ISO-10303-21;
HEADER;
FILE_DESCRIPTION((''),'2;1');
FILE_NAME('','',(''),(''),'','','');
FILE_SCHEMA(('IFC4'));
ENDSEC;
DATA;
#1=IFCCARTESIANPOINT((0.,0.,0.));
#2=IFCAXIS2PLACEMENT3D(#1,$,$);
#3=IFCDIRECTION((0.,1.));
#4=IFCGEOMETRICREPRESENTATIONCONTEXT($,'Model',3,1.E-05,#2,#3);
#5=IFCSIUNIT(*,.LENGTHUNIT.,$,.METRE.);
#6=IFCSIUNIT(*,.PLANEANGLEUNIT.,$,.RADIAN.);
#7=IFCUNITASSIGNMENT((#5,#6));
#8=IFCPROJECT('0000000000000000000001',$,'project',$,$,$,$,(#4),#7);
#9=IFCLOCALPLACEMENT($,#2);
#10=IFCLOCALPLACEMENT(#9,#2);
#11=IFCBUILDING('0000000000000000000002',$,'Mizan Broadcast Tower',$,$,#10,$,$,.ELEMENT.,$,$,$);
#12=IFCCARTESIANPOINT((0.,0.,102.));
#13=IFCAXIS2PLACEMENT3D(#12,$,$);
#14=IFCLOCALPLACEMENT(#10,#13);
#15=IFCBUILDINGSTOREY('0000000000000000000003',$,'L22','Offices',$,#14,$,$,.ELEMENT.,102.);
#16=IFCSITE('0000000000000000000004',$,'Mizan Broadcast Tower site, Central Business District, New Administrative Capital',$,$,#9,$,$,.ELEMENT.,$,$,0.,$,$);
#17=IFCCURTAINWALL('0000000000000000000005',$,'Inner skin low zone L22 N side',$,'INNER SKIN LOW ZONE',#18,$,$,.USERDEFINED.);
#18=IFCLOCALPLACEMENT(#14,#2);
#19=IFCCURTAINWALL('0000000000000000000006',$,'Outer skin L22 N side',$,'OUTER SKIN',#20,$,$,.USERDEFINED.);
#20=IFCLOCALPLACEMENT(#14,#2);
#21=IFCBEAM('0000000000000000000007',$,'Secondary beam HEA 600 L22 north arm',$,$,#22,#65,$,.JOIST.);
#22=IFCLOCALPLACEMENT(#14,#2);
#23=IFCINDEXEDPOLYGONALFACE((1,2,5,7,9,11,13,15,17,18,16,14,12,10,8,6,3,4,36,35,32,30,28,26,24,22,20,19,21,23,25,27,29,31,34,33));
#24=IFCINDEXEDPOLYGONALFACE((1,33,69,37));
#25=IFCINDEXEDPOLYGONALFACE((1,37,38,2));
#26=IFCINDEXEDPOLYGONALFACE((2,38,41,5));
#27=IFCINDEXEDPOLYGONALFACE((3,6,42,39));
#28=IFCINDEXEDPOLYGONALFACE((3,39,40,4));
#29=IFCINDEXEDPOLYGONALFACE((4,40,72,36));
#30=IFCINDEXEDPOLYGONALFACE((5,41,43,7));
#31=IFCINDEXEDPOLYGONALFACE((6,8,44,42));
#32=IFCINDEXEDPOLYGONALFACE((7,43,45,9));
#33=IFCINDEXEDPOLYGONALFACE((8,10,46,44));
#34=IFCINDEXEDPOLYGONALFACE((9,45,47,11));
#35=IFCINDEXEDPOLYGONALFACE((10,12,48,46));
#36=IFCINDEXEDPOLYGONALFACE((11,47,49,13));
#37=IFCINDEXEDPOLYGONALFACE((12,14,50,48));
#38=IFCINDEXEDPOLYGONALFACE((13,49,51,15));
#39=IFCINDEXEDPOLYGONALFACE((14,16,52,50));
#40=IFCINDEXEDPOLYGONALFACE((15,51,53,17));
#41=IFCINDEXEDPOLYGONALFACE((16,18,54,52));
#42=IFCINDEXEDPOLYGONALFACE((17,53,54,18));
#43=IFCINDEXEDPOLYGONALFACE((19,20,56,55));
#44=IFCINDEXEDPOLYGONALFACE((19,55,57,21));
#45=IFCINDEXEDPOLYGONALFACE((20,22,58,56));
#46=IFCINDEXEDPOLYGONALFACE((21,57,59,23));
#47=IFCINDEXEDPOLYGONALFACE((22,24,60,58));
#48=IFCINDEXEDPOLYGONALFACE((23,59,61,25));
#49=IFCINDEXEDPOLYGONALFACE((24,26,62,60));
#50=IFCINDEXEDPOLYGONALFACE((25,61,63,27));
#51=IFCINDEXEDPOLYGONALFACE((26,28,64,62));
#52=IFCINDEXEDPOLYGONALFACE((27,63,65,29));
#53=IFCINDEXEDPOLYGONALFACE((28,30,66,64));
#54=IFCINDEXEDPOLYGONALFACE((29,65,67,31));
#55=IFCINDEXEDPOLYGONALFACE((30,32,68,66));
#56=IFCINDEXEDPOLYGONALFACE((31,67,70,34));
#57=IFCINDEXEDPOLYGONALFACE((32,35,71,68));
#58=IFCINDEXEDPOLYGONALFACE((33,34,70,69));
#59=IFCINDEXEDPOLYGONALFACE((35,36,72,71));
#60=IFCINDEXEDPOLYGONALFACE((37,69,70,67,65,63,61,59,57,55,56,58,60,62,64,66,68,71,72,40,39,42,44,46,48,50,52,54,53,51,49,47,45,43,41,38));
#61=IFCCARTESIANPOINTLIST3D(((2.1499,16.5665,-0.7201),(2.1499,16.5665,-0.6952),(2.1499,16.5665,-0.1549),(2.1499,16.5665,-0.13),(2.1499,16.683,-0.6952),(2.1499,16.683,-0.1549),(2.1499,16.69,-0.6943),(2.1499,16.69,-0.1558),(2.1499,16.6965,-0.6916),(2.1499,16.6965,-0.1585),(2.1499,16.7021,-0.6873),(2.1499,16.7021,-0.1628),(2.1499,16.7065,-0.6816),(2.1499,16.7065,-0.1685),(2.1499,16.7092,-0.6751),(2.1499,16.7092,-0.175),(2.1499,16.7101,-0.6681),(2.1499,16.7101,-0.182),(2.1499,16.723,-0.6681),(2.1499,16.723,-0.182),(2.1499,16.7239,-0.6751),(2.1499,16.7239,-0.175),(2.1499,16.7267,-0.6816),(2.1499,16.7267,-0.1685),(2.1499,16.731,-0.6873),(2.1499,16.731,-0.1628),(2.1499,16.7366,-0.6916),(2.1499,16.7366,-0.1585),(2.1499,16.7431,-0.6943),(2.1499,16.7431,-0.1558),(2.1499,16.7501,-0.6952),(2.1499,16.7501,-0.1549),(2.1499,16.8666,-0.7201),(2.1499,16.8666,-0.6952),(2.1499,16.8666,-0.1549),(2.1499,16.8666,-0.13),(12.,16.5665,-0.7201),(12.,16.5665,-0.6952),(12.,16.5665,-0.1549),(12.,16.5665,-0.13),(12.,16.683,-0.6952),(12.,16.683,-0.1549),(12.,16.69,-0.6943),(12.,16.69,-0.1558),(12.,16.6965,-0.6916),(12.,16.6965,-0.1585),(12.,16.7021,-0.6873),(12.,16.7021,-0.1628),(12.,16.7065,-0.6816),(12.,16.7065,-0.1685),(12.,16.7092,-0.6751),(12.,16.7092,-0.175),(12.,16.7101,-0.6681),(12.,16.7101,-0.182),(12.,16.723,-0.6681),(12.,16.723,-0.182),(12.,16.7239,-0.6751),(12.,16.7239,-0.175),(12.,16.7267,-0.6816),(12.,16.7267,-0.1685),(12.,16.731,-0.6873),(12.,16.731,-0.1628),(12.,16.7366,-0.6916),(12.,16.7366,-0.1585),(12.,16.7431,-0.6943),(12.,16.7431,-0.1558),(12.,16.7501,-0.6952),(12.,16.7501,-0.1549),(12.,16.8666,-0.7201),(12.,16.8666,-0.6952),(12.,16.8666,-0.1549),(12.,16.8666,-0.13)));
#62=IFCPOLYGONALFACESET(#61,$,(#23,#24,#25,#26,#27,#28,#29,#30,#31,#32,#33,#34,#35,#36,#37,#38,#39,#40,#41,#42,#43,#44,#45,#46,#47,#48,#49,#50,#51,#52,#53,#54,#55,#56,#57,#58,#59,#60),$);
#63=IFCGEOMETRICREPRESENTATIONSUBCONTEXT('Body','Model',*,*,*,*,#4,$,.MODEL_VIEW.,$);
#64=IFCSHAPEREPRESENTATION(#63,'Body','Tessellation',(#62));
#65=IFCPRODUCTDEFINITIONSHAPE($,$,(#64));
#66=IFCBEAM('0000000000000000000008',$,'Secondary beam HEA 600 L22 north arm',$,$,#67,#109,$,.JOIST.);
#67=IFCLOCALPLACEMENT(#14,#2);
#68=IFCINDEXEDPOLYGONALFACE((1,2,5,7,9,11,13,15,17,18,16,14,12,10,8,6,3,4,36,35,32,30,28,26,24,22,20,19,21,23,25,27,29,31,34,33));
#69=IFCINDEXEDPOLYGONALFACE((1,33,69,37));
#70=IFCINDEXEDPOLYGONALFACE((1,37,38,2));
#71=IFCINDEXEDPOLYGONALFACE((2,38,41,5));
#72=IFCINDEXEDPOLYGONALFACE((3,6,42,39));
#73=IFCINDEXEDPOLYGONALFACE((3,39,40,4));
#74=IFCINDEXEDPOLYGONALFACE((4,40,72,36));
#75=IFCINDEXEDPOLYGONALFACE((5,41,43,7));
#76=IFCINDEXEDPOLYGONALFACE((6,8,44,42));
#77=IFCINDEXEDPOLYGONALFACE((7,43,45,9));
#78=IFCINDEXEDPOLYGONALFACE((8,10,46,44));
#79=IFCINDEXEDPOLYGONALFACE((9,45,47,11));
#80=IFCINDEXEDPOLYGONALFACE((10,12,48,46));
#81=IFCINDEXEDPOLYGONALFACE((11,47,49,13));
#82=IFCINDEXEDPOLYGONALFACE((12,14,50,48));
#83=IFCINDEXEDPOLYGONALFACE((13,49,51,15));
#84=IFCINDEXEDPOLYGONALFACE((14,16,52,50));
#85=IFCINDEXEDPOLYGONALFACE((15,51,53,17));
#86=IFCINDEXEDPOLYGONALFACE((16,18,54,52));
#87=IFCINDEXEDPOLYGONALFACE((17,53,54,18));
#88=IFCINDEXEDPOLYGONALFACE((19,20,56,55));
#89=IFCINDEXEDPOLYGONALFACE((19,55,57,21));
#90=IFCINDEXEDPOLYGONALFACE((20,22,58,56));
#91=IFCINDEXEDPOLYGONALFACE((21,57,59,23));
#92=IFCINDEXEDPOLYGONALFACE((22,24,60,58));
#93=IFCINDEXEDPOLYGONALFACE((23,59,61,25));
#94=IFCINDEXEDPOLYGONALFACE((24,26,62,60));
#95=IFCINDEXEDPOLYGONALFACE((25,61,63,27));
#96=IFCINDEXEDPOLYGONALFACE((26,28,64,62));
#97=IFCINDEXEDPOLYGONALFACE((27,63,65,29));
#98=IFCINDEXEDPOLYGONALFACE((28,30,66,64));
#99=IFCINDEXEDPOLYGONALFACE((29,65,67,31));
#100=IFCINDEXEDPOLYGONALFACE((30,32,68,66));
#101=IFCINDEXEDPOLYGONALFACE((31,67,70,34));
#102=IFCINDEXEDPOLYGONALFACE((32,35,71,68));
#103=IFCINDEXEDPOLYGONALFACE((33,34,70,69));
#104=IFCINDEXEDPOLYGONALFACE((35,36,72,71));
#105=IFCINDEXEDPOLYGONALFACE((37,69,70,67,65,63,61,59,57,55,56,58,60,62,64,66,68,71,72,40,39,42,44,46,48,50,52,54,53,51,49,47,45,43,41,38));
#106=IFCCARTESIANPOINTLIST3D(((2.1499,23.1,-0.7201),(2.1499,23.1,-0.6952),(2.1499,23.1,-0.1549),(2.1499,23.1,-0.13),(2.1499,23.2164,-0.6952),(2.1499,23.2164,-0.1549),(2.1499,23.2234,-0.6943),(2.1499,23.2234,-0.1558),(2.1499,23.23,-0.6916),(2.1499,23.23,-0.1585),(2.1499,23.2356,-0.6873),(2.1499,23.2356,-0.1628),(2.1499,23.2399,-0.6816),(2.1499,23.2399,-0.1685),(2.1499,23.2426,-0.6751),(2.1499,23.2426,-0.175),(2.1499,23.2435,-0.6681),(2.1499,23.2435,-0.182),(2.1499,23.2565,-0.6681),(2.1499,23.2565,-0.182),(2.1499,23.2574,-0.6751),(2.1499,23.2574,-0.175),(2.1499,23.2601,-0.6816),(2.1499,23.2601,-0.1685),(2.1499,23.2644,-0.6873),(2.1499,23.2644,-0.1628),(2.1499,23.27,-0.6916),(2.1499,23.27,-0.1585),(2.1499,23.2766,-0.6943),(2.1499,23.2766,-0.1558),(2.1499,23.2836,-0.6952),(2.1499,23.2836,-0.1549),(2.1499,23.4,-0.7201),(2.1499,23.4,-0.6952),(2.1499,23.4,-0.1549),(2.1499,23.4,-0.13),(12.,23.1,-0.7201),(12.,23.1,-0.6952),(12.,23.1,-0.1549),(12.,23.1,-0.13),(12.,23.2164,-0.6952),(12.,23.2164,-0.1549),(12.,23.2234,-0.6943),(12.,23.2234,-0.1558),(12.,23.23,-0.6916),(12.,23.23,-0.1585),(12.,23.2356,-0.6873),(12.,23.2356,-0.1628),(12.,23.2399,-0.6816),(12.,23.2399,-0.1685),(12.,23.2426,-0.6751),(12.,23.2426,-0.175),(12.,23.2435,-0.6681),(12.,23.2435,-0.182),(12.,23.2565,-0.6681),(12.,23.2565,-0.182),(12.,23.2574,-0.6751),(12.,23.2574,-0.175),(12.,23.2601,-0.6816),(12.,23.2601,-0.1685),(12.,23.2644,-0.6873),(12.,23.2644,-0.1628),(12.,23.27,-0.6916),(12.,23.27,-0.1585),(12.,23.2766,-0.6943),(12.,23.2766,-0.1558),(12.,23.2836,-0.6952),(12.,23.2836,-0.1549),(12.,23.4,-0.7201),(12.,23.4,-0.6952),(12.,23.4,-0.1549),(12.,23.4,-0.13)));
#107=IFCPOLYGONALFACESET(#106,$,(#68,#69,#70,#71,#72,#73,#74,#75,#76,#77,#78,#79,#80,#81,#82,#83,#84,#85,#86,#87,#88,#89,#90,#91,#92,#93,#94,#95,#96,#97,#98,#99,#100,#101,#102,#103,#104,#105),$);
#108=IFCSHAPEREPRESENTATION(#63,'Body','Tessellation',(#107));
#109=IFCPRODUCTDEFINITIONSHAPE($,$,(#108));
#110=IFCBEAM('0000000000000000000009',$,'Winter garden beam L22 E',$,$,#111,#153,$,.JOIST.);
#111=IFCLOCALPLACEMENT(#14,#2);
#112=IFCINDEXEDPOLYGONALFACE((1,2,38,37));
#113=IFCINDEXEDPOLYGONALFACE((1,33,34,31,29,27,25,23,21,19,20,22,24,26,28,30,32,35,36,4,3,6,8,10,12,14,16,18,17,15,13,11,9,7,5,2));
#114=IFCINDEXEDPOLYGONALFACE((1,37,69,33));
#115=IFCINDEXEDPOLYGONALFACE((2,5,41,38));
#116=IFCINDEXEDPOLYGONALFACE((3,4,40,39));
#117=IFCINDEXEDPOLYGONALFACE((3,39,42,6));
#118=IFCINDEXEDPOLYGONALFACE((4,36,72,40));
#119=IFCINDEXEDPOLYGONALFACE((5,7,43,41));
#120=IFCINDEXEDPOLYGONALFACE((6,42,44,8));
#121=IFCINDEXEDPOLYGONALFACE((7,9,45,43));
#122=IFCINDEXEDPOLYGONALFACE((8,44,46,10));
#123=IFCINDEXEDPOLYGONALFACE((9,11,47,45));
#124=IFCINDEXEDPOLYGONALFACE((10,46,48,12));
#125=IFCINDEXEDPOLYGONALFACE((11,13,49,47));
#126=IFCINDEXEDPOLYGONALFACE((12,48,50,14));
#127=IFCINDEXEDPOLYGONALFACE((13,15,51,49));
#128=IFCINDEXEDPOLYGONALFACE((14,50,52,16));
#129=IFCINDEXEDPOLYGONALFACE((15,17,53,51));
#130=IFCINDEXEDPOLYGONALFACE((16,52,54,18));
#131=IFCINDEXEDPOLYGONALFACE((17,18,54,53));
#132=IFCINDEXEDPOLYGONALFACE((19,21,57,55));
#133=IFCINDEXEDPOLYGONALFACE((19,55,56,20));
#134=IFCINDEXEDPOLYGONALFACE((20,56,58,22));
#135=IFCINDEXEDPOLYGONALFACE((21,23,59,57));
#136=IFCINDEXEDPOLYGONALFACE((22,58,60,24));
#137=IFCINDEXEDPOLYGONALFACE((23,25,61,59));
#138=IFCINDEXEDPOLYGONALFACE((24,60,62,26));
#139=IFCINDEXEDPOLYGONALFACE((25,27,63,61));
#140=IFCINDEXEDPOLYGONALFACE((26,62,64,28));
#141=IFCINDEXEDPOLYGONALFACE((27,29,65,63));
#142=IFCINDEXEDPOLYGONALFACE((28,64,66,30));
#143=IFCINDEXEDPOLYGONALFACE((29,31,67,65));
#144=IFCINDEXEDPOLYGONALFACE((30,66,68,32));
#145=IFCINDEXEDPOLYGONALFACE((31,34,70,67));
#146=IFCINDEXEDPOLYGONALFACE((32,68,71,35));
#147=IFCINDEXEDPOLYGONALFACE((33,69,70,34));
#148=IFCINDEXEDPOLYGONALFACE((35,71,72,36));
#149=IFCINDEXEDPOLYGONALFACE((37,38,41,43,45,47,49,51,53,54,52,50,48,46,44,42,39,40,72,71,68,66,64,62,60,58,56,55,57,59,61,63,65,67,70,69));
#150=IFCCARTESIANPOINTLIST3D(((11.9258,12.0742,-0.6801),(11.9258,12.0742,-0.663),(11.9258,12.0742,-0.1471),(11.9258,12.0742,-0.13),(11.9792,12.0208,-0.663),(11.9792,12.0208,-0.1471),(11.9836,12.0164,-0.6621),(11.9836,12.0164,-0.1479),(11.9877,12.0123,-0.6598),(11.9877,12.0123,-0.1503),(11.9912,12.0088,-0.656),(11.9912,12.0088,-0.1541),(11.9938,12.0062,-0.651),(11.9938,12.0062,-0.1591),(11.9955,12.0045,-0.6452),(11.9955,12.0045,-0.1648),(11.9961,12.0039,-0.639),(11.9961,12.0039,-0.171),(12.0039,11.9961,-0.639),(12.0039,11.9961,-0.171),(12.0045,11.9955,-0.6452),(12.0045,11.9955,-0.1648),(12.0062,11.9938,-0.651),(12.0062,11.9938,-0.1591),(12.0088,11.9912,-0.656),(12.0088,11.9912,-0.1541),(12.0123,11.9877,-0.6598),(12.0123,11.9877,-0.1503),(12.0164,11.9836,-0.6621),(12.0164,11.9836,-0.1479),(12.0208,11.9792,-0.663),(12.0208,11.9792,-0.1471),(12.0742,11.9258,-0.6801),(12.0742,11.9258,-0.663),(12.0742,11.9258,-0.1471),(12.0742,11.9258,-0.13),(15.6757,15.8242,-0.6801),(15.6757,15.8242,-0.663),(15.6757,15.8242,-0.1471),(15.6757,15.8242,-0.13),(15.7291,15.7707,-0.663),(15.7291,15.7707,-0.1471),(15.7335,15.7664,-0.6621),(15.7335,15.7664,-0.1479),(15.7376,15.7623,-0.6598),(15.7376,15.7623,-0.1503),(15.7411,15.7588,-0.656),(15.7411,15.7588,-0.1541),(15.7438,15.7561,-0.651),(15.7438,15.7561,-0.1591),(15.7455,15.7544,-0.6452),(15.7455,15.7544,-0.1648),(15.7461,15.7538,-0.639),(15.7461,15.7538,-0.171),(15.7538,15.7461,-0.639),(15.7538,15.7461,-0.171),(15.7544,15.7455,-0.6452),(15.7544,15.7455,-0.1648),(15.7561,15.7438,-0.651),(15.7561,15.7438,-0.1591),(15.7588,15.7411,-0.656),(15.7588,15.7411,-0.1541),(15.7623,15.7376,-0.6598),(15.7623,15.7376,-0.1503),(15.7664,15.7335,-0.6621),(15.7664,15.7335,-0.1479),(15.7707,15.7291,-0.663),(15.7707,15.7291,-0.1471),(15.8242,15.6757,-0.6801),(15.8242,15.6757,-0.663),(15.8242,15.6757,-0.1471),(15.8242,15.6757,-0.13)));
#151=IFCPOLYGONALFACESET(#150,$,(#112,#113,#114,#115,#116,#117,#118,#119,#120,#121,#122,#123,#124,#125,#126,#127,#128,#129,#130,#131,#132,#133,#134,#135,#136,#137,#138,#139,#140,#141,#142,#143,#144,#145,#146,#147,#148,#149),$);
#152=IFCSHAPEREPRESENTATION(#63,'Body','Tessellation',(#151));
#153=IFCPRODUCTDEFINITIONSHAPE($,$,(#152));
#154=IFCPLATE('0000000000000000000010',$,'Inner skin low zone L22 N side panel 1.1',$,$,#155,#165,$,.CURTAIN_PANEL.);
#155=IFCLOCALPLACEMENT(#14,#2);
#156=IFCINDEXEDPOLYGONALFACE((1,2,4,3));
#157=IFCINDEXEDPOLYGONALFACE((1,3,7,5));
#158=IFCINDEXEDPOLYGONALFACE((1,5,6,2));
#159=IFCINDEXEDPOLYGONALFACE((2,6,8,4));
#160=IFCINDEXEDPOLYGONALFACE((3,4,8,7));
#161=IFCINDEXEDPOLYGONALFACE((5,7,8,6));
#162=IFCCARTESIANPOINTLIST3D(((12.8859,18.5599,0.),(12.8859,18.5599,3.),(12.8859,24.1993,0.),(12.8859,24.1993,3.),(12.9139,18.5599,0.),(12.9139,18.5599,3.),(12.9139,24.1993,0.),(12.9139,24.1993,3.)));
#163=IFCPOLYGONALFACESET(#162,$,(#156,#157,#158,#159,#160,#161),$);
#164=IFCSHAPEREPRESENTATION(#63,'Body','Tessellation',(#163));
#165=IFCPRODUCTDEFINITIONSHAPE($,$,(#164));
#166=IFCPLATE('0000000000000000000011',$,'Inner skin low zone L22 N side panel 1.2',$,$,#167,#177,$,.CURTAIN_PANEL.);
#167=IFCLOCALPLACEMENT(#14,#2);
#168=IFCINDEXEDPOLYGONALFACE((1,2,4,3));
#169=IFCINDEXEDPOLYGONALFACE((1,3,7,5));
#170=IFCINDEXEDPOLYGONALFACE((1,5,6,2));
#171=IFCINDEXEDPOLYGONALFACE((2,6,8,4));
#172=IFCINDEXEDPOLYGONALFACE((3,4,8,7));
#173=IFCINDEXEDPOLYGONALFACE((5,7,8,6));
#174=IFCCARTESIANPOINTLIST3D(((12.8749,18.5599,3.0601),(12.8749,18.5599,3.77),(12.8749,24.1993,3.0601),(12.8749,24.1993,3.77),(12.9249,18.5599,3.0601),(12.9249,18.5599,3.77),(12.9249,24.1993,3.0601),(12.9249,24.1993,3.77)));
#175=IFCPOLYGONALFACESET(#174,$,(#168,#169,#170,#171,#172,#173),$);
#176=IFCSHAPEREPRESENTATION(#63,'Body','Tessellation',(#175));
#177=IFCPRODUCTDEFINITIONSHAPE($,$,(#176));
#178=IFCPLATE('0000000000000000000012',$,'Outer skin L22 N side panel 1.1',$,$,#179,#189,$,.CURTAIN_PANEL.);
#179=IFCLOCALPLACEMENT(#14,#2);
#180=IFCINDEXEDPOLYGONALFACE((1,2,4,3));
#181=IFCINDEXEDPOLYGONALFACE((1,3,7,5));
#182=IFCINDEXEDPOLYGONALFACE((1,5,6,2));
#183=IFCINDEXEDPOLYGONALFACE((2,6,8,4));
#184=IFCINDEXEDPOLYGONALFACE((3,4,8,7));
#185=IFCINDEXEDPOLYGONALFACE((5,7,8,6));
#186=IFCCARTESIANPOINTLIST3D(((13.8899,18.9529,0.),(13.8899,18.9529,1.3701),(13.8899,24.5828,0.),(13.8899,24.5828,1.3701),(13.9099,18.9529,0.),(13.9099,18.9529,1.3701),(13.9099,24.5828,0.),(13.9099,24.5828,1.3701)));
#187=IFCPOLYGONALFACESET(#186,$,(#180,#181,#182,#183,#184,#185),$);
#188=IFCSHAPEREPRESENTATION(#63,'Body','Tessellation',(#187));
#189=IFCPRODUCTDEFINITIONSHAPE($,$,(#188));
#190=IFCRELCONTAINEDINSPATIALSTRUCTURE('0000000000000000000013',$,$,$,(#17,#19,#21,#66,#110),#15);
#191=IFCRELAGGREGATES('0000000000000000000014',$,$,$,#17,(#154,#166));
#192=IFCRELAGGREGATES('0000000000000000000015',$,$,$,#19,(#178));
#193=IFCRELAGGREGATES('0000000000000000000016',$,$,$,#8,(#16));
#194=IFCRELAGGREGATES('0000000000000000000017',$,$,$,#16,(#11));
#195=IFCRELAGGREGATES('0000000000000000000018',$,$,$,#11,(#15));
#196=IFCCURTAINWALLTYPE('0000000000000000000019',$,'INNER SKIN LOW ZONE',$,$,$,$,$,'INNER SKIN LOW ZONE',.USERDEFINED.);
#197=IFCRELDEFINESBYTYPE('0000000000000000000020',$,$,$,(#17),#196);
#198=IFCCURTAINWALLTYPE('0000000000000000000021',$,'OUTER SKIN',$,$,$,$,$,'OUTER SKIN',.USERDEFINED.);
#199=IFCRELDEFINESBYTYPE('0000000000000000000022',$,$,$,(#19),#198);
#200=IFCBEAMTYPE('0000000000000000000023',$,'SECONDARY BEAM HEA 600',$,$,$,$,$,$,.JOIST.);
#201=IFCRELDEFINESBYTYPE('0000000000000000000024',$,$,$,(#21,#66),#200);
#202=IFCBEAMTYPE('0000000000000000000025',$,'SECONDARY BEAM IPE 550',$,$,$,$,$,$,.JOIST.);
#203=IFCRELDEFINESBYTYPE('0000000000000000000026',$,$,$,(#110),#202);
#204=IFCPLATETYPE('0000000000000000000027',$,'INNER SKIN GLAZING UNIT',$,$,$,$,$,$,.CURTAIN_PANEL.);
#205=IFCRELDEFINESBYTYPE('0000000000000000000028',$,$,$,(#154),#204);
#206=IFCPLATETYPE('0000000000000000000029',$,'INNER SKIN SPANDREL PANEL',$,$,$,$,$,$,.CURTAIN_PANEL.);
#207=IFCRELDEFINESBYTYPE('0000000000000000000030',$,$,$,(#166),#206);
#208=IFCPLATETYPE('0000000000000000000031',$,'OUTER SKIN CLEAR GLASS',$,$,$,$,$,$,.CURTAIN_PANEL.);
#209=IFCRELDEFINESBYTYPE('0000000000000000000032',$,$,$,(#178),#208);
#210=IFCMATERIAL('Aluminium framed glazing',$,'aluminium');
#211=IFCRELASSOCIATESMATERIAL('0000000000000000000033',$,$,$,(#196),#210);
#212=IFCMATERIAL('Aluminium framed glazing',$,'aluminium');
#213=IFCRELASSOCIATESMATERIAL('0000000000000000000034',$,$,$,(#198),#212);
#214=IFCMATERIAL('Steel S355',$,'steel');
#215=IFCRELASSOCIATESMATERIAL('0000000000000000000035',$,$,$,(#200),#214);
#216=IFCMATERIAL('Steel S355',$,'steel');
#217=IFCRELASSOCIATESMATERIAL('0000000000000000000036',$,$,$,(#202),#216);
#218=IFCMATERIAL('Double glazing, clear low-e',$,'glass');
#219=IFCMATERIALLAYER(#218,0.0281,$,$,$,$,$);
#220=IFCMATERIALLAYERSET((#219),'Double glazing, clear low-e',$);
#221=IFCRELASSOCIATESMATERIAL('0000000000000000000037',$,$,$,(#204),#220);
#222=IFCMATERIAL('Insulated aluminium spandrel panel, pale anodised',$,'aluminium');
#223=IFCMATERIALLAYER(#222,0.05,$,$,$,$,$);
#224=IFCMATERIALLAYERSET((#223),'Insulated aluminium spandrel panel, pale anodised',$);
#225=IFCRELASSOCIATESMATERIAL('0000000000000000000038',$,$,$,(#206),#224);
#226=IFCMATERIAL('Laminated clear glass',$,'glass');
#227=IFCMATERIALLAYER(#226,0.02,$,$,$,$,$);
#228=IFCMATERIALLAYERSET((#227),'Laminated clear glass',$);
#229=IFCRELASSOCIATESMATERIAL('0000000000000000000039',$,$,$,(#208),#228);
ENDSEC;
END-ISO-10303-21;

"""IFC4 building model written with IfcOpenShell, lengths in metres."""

from ifc_helpers import new_model, si_unit, direction, frame, origin, origin_2d, place, context, subcontext, project, spatial, rectangle, i_section, extrude, material, layer, layer_set, material_profile, profile_set, type_object, element, aggregate, save


model = new_model("IFC4")

# Units and contexts
model_context = context("Model", 3, precision=1e-05, world=origin(), true_north=direction((0.0, 1.0)))
body_context = subcontext(model_context, "Body", "Model", "MODEL_VIEW")
ifc_project = project(units=[si_unit("LENGTHUNIT", "METRE"), si_unit("PLANEANGLEUNIT", "RADIAN")], contexts=[model_context])

# Site, building, storey
site_placement = place(None, origin())
site = spatial("IfcSite", under=ifc_project, at=site_placement, Name="Mizan Broadcast Tower site, Central Business District, New Administrative Capital", CompositionType="ELEMENT", RefElevation=0.0)
building_placement = place(site_placement, origin())
building = spatial("IfcBuilding", under=site, at=building_placement, Name="Mizan Broadcast Tower", CompositionType="ELEMENT")
storey_placement = place(building_placement, frame((0.0, 0.0, 102.0)))
storey = spatial("IfcBuildingStorey", under=building, at=storey_placement, Name="L22", Description="Offices", CompositionType="ELEMENT", Elevation=102.0)

# Curtain walls
ifc_material_1 = material(Name="Aluminium framed glazing", Category="aluminium")
curtain_wall_type_1 = type_object("IfcCurtainWallType", Name="INNER SKIN LOW ZONE", ElementType="INNER SKIN LOW ZONE", PredefinedType="USERDEFINED", material=ifc_material_1)
curtain_wall_1_placement = place(storey_placement, origin())
curtain_wall_1 = element("IfcCurtainWall", 1, at=curtain_wall_1_placement, inside=storey, type_object=curtain_wall_type_1, Name="Inner skin low zone L22 N side", ObjectType="INNER SKIN LOW ZONE", PredefinedType="USERDEFINED")
ifc_material_2 = material(Name="Aluminium framed glazing", Category="aluminium")
curtain_wall_type_2 = type_object("IfcCurtainWallType", Name="OUTER SKIN", ElementType="OUTER SKIN", PredefinedType="USERDEFINED", material=ifc_material_2)
curtain_wall_2_placement = place(storey_placement, origin())
curtain_wall_2 = element("IfcCurtainWall", 2, at=curtain_wall_2_placement, inside=storey, type_object=curtain_wall_type_2, Name="Outer skin L22 N side", ObjectType="OUTER SKIN", PredefinedType="USERDEFINED")

# Beams
ifc_material_3 = material(Name="Steel S355", Category="steel")
ifc_material_profile_1 = material_profile(ifc_material_3, i_section(OverallWidth=0.3, OverallDepth=0.5901, WebThickness=0.0129, FlangeThickness=0.0249, FilletRadius=0.0271, at=origin_2d()), Name="HEA 600")
ifc_profile_set_1 = profile_set([ifc_material_profile_1], Name="Steel S355")
beam_type_1 = type_object("IfcBeamType", Name="SECONDARY BEAM HEA 600", PredefinedType="JOIST", material=ifc_profile_set_1)
for number, where, z_axis, x_axis, name in (
    (3, (12.0, 16.7166, -0.425), (-1.0, 0.0, 0.0), (0.0, -1.0, 0.0), "Secondary beam HEA 600 L22 north arm"),
    (4, (12.0, 23.25, -0.425), (-1.0, 0.0, 0.0), (0.0, -1.0, 0.0), "Secondary beam HEA 600 L22 north arm"),
):
    element("IfcBeam", number, at=place(storey_placement, frame(where, z_axis=z_axis, x_axis=x_axis)), inside=storey, type_object=beam_type_1, Name=name, PredefinedType="JOIST", context=body_context, shape_type="SweptSolid", body=[
        extrude(i_section(OverallWidth=0.3, OverallDepth=0.5901, WebThickness=0.0129, FlangeThickness=0.0249, FilletRadius=0.0271, at=origin_2d()), origin(), (0.0, 0.0, 1.0), 9.8501),
    ])
ifc_material_4 = material(Name="Steel S355", Category="steel")
ifc_material_profile_2 = material_profile(ifc_material_4, i_section(OverallWidth=0.21, OverallDepth=0.55, WebThickness=0.011, FlangeThickness=0.0171, FilletRadius=0.0239, at=origin_2d()), Name="IPE 550")
ifc_profile_set_2 = profile_set([ifc_material_profile_2], Name="Steel S355")
beam_type_2 = type_object("IfcBeamType", Name="SECONDARY BEAM IPE 550", PredefinedType="JOIST", material=ifc_profile_set_2)
beam_1_placement = place(storey_placement, frame((12.0, 12.0, -0.405), z_axis=(0.707107, 0.707107, 0.0), x_axis=(-0.707107, 0.707107, 0.0)))
element("IfcBeam", 5, at=beam_1_placement, inside=storey, type_object=beam_type_2, Name="Winter garden beam L22 E", PredefinedType="JOIST", context=body_context, shape_type="SweptSolid", body=[
    extrude(i_section(OverallWidth=0.21, OverallDepth=0.55, WebThickness=0.011, FlangeThickness=0.0171, FilletRadius=0.0239, at=origin_2d()), origin(), (0.0, 0.0, 1.0), 5.3032),
])

# Plates
ifc_material_5 = material(Name="Double glazing, clear low-e", Category="glass")
ifc_layer_1 = layer(ifc_material_5, 0.0281)
ifc_layer_set_1 = layer_set([ifc_layer_1], Name="Double glazing, clear low-e")
plate_type_1 = type_object("IfcPlateType", Name="INNER SKIN GLAZING UNIT", PredefinedType="CURTAIN_PANEL", material=ifc_layer_set_1)
plate_1_placement = place(storey_placement, frame((12.8999, 21.3796, 0.0), z_axis=(0.0, 0.0, 1.0), x_axis=(0.0, 1.0, 0.0)))
plate_1 = element("IfcPlate", 6, at=plate_1_placement, type_object=plate_type_1, Name="Inner skin low zone L22 N side panel 1.1", PredefinedType="CURTAIN_PANEL", context=body_context, shape_type="SweptSolid", body=[
    extrude(rectangle(XDim=5.6394, YDim=0.0281, at=origin_2d()), origin(), (0.0, 0.0, 1.0), 3.0),
])
ifc_material_6 = material(Name="Insulated aluminium spandrel panel, pale anodised", Category="aluminium")
ifc_layer_2 = layer(ifc_material_6, 0.05)
ifc_layer_set_2 = layer_set([ifc_layer_2], Name="Insulated aluminium spandrel panel, pale anodised")
plate_type_2 = type_object("IfcPlateType", Name="INNER SKIN SPANDREL PANEL", PredefinedType="CURTAIN_PANEL", material=ifc_layer_set_2)
plate_2_placement = place(storey_placement, frame((12.8999, 21.3796, 3.0601), z_axis=(0.0, 0.0, 1.0), x_axis=(0.0, 1.0, 0.0)))
plate_2 = element("IfcPlate", 7, at=plate_2_placement, type_object=plate_type_2, Name="Inner skin low zone L22 N side panel 1.2", PredefinedType="CURTAIN_PANEL", context=body_context, shape_type="SweptSolid", body=[
    extrude(rectangle(XDim=5.6394, YDim=0.05, at=origin_2d()), origin(), (0.0, 0.0, 1.0), 0.71),
])
aggregate(curtain_wall_1, [plate_1, plate_2])
ifc_material_7 = material(Name="Laminated clear glass", Category="glass")
ifc_layer_3 = layer(ifc_material_7, 0.02)
ifc_layer_set_3 = layer_set([ifc_layer_3], Name="Laminated clear glass")
plate_type_3 = type_object("IfcPlateType", Name="OUTER SKIN CLEAR GLASS", PredefinedType="CURTAIN_PANEL", material=ifc_layer_set_3)
plate_3_placement = place(storey_placement, frame((13.8999, 21.7678, 0.0), z_axis=(0.0, 0.0, 1.0), x_axis=(0.0, 1.0, 0.0)))
plate_3 = element("IfcPlate", 8, at=plate_3_placement, type_object=plate_type_3, Name="Outer skin L22 N side panel 1.1", PredefinedType="CURTAIN_PANEL", context=body_context, shape_type="SweptSolid", body=[
    extrude(rectangle(XDim=5.6299, YDim=0.02, at=origin_2d()), origin(), (0.0, 0.0, 1.0), 1.3701),
])
aggregate(curtain_wall_2, [plate_3])

save(model, "model.ifc")
